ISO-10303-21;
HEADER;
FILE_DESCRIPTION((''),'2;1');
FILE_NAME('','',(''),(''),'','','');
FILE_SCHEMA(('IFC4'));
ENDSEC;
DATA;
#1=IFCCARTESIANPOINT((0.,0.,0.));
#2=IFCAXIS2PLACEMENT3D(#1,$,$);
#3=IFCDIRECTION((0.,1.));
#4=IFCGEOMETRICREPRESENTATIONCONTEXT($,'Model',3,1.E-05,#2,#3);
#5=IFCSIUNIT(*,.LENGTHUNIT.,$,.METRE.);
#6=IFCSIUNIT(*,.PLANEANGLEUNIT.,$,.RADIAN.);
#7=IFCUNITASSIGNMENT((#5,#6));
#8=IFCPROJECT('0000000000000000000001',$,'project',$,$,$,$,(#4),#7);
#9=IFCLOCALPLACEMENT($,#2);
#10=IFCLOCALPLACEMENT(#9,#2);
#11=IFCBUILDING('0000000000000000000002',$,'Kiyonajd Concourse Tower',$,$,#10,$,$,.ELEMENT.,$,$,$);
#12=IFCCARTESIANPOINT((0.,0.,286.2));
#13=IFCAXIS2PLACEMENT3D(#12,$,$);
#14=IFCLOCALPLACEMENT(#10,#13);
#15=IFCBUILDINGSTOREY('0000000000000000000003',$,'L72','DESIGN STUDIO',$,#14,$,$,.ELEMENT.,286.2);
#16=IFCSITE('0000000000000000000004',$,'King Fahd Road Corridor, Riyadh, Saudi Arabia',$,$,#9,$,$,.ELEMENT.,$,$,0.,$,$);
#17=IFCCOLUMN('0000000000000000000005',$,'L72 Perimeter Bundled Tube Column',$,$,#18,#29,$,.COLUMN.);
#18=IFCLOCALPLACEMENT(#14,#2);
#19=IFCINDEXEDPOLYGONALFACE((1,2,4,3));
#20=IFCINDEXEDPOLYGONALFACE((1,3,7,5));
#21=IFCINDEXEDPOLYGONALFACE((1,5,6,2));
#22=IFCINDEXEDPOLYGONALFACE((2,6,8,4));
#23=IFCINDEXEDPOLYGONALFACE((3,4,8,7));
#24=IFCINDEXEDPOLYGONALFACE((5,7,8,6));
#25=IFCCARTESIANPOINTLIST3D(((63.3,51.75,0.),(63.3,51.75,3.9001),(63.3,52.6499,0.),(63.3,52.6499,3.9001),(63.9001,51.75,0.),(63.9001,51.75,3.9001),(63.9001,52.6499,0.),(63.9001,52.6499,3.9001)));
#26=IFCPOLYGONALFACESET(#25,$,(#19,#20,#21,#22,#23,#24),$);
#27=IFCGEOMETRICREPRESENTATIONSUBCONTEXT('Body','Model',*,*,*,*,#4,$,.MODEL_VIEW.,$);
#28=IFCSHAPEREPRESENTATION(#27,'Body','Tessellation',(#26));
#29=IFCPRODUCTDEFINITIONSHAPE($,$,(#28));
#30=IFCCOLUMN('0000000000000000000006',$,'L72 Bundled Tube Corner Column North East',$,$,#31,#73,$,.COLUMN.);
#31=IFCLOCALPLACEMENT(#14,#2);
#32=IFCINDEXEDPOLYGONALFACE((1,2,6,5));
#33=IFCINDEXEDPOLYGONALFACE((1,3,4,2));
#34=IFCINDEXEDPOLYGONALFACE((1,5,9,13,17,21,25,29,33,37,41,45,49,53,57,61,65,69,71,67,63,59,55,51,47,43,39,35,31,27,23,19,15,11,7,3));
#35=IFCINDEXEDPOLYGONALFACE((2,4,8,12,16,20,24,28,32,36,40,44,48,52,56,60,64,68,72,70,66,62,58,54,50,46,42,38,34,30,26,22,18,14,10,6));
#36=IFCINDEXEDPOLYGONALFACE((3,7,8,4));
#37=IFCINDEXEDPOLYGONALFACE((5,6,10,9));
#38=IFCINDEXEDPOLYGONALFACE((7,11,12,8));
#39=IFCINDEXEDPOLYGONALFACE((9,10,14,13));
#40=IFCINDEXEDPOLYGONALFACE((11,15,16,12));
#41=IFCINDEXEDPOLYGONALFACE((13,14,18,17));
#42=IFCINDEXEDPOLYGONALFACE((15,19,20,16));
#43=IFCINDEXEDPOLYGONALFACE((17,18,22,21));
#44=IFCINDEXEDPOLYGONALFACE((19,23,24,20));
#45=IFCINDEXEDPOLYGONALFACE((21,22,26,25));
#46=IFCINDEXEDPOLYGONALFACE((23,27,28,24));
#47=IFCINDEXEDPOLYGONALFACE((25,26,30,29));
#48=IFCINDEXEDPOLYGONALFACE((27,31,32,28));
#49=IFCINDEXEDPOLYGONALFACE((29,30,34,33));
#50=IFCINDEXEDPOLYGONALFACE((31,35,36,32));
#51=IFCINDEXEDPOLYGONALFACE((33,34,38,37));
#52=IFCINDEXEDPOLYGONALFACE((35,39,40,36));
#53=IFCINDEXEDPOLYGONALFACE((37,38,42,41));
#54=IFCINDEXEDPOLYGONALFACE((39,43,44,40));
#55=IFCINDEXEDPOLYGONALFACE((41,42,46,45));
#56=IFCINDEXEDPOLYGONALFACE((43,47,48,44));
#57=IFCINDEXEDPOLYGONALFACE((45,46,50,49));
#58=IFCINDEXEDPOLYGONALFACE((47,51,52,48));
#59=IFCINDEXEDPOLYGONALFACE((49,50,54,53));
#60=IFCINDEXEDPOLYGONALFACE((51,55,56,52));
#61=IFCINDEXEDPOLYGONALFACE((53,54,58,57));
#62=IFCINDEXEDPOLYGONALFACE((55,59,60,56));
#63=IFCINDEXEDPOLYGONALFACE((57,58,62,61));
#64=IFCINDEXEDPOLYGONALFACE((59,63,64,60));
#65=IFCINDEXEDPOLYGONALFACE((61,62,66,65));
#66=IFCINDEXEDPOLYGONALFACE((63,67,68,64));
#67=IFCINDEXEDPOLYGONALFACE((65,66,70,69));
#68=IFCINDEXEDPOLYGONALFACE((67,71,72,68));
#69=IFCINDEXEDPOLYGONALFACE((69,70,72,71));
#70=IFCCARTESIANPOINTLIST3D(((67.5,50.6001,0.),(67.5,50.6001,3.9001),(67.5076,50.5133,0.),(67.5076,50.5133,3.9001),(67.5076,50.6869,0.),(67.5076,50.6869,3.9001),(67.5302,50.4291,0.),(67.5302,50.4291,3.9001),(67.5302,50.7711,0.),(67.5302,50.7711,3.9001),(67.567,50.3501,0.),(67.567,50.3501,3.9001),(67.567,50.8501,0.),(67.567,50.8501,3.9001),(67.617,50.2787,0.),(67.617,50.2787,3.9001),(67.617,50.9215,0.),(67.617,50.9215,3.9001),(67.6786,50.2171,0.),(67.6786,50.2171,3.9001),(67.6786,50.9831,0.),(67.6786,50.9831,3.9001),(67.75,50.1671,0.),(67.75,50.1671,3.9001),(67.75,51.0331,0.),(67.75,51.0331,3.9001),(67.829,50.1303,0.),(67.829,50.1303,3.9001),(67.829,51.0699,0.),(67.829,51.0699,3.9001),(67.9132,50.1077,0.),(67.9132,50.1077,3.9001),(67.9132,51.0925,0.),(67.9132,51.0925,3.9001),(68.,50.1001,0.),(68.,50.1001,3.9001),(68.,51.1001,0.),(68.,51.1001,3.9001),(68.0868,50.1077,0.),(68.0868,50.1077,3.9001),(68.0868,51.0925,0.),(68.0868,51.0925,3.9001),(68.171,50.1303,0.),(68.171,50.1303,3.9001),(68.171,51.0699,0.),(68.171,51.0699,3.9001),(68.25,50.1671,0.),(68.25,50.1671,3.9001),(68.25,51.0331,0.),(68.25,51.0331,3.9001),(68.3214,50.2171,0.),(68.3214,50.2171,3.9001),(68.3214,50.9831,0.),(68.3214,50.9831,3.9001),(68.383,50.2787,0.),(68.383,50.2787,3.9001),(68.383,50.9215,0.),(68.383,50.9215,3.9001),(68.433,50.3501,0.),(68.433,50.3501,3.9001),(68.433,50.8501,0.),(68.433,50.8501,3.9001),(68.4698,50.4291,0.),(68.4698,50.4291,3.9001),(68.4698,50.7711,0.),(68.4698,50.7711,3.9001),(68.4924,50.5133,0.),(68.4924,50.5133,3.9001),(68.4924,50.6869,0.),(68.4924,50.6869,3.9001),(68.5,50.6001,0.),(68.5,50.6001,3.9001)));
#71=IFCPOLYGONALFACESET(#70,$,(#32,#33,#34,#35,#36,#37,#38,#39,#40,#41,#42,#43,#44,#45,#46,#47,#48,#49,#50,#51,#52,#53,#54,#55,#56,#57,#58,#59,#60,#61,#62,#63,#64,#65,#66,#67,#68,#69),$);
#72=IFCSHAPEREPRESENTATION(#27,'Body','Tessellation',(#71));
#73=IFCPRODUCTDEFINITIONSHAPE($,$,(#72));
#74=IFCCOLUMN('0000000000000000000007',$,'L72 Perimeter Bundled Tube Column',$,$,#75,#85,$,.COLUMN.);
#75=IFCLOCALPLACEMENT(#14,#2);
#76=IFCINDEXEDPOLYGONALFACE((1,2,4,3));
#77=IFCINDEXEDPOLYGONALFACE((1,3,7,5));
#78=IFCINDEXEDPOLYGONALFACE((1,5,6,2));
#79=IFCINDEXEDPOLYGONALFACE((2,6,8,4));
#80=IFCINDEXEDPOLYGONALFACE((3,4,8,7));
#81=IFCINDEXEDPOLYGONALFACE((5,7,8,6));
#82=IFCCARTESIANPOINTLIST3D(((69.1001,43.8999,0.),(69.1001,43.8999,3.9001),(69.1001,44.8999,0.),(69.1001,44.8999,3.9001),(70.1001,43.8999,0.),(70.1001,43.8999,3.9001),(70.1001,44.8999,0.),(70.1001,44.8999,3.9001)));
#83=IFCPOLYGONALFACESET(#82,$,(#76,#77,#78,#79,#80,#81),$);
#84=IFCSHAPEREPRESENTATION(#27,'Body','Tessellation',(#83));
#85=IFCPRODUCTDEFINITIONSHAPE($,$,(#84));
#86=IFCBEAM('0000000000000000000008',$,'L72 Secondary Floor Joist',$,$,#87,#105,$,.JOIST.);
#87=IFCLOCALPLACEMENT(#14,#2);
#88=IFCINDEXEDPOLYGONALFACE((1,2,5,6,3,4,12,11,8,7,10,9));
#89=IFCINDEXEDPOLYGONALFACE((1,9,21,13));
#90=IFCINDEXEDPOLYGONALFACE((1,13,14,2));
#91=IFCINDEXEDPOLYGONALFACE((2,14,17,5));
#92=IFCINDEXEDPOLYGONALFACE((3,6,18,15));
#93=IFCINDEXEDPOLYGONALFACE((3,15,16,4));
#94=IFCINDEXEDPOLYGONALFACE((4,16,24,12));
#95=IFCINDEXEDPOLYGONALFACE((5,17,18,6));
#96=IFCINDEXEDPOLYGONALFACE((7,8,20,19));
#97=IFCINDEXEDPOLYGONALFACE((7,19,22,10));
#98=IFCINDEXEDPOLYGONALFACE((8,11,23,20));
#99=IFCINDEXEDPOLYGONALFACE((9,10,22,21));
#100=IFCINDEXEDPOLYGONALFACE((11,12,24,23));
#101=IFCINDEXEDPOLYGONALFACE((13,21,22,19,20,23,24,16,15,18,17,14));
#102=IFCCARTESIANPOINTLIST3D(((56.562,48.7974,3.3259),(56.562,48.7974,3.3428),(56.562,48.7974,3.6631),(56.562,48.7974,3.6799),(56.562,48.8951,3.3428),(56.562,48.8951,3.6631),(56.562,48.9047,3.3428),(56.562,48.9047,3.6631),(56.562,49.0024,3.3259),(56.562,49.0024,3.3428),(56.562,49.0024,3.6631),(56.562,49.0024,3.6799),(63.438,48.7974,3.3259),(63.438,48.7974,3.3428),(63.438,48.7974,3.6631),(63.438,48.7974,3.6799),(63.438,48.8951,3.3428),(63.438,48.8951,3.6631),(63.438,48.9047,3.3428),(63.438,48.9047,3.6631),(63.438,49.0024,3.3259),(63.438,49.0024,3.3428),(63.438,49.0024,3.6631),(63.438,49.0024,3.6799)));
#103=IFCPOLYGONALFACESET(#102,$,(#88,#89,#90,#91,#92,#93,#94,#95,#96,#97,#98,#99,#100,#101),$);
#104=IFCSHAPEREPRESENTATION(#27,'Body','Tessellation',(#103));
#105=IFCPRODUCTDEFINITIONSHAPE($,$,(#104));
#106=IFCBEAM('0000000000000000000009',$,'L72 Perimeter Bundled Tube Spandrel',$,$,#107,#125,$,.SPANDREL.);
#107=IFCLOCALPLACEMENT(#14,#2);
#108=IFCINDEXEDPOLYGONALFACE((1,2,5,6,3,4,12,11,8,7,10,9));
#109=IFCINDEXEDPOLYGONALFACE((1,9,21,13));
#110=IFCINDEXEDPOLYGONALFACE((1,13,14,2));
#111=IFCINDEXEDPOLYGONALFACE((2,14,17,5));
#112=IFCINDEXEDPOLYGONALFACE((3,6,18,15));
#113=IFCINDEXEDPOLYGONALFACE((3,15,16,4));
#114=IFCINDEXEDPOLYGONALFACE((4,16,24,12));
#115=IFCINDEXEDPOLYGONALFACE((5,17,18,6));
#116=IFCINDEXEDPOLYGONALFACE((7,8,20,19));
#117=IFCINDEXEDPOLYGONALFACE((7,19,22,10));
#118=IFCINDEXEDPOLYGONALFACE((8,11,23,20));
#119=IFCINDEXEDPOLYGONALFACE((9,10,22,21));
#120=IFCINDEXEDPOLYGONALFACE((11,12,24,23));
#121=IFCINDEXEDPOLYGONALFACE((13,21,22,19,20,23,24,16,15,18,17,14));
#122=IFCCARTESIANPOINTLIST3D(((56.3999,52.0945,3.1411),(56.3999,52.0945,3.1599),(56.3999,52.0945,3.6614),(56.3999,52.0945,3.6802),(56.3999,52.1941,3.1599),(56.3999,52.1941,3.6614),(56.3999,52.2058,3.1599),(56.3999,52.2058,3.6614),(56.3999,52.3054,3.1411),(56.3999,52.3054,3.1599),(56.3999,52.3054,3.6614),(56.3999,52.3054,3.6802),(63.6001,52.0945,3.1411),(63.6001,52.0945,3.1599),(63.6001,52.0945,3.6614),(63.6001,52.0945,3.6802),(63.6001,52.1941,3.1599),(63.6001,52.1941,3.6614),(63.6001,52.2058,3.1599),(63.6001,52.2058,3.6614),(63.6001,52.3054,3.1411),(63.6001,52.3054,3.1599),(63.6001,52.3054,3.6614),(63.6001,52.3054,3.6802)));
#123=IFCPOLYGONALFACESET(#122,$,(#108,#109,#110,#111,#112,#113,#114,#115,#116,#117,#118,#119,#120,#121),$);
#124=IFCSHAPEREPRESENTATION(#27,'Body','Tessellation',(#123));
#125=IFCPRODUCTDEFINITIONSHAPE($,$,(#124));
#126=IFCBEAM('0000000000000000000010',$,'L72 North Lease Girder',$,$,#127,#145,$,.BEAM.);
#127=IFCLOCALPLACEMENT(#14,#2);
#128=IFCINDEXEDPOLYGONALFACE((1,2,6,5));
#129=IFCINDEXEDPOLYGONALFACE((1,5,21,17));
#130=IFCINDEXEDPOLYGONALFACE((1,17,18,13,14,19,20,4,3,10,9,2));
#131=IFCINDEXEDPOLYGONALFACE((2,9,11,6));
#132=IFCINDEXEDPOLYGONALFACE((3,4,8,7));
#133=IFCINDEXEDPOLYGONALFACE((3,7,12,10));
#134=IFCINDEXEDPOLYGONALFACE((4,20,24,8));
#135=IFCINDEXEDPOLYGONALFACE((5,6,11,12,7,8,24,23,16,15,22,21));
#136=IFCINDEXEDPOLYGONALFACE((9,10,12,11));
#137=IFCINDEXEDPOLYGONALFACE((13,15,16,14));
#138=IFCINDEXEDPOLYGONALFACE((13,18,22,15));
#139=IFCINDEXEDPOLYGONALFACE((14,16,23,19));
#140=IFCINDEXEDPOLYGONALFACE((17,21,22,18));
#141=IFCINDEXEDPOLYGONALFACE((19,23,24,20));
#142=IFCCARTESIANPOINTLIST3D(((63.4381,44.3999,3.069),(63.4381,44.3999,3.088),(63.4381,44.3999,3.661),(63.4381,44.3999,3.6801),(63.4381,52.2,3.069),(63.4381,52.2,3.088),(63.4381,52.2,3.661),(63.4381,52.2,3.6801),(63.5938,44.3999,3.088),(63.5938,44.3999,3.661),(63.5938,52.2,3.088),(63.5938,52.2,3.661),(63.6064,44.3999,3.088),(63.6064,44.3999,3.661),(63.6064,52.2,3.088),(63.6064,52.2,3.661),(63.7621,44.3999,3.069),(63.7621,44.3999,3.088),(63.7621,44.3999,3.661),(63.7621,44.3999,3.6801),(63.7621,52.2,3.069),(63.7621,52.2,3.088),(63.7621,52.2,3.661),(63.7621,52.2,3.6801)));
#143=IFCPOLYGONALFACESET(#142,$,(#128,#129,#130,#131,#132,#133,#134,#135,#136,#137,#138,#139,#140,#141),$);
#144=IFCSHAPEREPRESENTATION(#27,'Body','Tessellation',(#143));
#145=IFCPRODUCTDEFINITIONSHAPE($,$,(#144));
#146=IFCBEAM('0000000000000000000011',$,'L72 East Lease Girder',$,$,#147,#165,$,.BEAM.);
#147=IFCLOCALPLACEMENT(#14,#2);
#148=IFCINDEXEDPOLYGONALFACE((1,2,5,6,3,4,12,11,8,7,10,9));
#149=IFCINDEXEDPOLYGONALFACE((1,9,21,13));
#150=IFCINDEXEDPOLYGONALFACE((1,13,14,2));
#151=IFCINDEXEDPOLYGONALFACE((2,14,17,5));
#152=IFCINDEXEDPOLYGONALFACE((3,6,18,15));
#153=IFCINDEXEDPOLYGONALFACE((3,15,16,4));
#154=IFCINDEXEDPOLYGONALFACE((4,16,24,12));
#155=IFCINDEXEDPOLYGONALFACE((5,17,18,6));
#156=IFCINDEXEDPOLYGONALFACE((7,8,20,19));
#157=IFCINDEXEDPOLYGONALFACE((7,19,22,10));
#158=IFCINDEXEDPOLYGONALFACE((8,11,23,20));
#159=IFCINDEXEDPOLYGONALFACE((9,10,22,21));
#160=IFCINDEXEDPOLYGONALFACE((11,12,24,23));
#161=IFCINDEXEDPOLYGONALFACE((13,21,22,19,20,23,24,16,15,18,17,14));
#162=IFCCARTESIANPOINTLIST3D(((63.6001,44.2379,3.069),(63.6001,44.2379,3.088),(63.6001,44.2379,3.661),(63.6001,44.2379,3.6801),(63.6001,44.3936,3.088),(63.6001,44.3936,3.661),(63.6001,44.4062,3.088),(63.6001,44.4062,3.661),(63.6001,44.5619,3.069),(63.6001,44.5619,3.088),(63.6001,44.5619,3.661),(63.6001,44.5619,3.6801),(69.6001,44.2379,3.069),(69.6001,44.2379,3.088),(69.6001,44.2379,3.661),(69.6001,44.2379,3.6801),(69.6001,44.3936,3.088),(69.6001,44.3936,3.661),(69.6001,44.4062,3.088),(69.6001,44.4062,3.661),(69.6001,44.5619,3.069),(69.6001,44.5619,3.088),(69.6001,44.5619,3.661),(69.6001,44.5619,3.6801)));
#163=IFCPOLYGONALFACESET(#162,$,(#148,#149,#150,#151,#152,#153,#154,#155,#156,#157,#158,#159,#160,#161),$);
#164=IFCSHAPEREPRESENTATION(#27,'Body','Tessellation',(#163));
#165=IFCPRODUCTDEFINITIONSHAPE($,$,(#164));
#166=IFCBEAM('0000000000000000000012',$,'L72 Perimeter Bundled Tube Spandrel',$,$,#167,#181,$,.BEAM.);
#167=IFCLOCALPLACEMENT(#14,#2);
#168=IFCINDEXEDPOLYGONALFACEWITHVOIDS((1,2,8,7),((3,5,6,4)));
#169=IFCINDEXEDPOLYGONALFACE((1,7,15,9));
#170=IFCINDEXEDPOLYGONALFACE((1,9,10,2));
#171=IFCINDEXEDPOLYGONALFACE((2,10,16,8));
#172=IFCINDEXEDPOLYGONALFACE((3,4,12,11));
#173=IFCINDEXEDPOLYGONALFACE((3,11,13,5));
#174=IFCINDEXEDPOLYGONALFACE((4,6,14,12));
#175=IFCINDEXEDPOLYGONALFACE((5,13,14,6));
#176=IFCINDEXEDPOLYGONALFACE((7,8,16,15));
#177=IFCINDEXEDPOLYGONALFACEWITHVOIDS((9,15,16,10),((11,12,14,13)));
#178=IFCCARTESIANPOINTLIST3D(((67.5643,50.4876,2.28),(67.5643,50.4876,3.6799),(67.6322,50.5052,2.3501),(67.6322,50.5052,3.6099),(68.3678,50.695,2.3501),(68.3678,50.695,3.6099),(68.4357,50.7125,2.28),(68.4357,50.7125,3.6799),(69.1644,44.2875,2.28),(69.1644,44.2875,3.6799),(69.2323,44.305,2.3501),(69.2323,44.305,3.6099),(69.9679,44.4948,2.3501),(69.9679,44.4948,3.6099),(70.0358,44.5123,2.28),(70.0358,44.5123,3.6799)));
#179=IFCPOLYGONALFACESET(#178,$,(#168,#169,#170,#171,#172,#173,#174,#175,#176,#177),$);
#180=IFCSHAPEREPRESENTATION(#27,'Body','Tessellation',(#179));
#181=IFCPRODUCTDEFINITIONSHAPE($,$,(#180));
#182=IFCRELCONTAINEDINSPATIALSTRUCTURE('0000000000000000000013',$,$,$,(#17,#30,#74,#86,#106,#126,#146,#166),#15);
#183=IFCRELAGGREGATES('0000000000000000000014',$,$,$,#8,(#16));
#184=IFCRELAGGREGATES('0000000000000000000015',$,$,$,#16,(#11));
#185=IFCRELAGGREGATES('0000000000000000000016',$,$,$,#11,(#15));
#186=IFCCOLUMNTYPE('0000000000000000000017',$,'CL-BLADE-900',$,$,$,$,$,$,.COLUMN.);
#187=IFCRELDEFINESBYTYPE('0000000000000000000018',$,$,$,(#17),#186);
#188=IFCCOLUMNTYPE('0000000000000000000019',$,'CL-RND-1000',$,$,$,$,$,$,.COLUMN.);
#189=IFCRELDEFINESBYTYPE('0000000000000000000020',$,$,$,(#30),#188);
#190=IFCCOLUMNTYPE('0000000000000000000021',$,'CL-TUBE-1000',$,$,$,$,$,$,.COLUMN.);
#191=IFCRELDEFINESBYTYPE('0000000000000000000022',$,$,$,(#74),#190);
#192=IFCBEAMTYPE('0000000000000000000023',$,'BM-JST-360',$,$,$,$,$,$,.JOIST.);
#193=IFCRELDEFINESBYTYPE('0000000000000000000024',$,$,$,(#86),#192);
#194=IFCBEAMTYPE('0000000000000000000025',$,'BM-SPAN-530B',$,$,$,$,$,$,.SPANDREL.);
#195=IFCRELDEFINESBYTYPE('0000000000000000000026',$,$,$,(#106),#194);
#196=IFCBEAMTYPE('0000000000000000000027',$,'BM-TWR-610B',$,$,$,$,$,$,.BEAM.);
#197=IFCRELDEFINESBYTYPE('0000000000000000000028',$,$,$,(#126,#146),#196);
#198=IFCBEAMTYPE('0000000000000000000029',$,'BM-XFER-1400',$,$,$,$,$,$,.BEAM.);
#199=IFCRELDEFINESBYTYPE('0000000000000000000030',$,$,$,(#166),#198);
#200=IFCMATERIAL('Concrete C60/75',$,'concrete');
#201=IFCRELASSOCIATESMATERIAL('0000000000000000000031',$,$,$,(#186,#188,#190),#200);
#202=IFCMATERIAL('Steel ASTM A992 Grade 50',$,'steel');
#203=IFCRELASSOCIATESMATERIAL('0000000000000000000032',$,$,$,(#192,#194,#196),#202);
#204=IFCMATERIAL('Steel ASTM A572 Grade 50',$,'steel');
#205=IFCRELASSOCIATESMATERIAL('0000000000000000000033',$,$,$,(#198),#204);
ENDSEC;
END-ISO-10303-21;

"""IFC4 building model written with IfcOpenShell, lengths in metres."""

from ifc_helpers import new_model, si_unit, direction, frame, origin, origin_2d, place, context, subcontext, project, spatial, rectangle, hollow_rectangle, circle, i_section, extrude, material, material_profile, profile_set, type_object, element, save


model = new_model("IFC4")

# Units and contexts
model_context = context("Model", 3, precision=1e-05, world=origin(), true_north=direction((0.0, 1.0)))
body_context = subcontext(model_context, "Body", "Model", "MODEL_VIEW")
ifc_project = project(units=[si_unit("LENGTHUNIT", "METRE"), si_unit("PLANEANGLEUNIT", "RADIAN")], contexts=[model_context])

# Site, building, storey
site_placement = place(None, origin())
site = spatial("IfcSite", under=ifc_project, at=site_placement, Name="King Fahd Road Corridor, Riyadh, Saudi Arabia", CompositionType="ELEMENT", RefElevation=0.0)
building_placement = place(site_placement, origin())
building = spatial("IfcBuilding", under=site, at=building_placement, Name="Kiyonajd Concourse Tower", CompositionType="ELEMENT")
storey_placement = place(building_placement, frame((0.0, 0.0, 286.2)))
storey = spatial("IfcBuildingStorey", under=building, at=storey_placement, Name="L72", Description="DESIGN STUDIO", CompositionType="ELEMENT", Elevation=286.2)

# Columns
ifc_material_1 = material(Name="Concrete C60/75", Category="concrete")
ifc_material_profile_1 = material_profile(ifc_material_1, rectangle(XDim=0.6001, YDim=0.8999, at=origin_2d()), Name="RC-900x600")
ifc_profile_set_1 = profile_set([ifc_material_profile_1], Name="Concrete C60/75")
column_type_1 = type_object("IfcColumnType", Name="CL-BLADE-900", PredefinedType="COLUMN", material=ifc_profile_set_1)
column_1_placement = place(storey_placement, frame((63.6001, 52.2, 0.0), z_axis=(0.0, 0.0, 1.0), x_axis=(1.0, 0.0, 0.0)))
element("IfcColumn", 1, at=column_1_placement, inside=storey, type_object=column_type_1, Name="L72 Perimeter Bundled Tube Column", PredefinedType="COLUMN", context=body_context, shape_type="SweptSolid", body=[
    extrude(rectangle(XDim=0.6001, YDim=0.8999, at=origin_2d()), origin(), (0.0, 0.0, 1.0), 3.9001),
])
ifc_material_profile_2 = material_profile(ifc_material_1, circle(Radius=0.5, at=origin_2d()), Name="RCC-D1000")
ifc_profile_set_2 = profile_set([ifc_material_profile_2], Name="Concrete C60/75")
column_type_2 = type_object("IfcColumnType", Name="CL-RND-1000", PredefinedType="COLUMN", material=ifc_profile_set_2)
column_2_placement = place(storey_placement, frame((68.0, 50.6001, 0.0), z_axis=(0.0, 0.0, 1.0), x_axis=(1.0, 0.0, 0.0)))
element("IfcColumn", 2, at=column_2_placement, inside=storey, type_object=column_type_2, Name="L72 Bundled Tube Corner Column North East", PredefinedType="COLUMN", context=body_context, shape_type="SweptSolid", body=[
    extrude(circle(Radius=0.5, at=origin_2d()), origin(), (0.0, 0.0, 1.0), 3.9001),
])
ifc_material_profile_3 = material_profile(ifc_material_1, rectangle(XDim=1.0, YDim=1.0, at=origin_2d()), Name="RC-1000x1000")
ifc_profile_set_3 = profile_set([ifc_material_profile_3], Name="Concrete C60/75")
column_type_3 = type_object("IfcColumnType", Name="CL-TUBE-1000", PredefinedType="COLUMN", material=ifc_profile_set_3)
column_3_placement = place(storey_placement, frame((69.6001, 44.3999, 0.0), z_axis=(0.0, 0.0, 1.0), x_axis=(1.0, 0.0, 0.0)))
element("IfcColumn", 3, at=column_3_placement, inside=storey, type_object=column_type_3, Name="L72 Perimeter Bundled Tube Column", PredefinedType="COLUMN", context=body_context, shape_type="SweptSolid", body=[
    extrude(rectangle(XDim=1.0, YDim=1.0, at=origin_2d()), origin(), (0.0, 0.0, 1.0), 3.9001),
])

# Beams
ifc_material_2 = material(Name="Steel ASTM A992 Grade 50", Category="steel")
ifc_material_profile_4 = material_profile(ifc_material_2, i_section(OverallWidth=0.2051, OverallDepth=0.354, WebThickness=0.0095, FlangeThickness=0.0168, at=origin_2d()), Name="W360X79")
ifc_profile_set_4 = profile_set([ifc_material_profile_4], Name="Steel ASTM A992 Grade 50")
beam_type_1 = type_object("IfcBeamType", Name="BM-JST-360", PredefinedType="JOIST", material=ifc_profile_set_4)
beam_1_placement = place(storey_placement, frame((56.562, 48.8999, 3.5029), z_axis=(1.0, 0.0, 0.0), x_axis=(0.0, 1.0, 0.0)))
element("IfcBeam", 4, at=beam_1_placement, inside=storey, type_object=beam_type_1, Name="L72 Secondary Floor Joist", PredefinedType="JOIST", context=body_context, shape_type="SweptSolid", body=[
    extrude(i_section(OverallWidth=0.2051, OverallDepth=0.354, WebThickness=0.0095, FlangeThickness=0.0168, at=origin_2d()), origin(), (0.0, 0.0, 1.0), 6.876),
])
ifc_material_profile_5 = material_profile(ifc_material_2, i_section(OverallWidth=0.2109, OverallDepth=0.5391, WebThickness=0.0117, FlangeThickness=0.0188, at=origin_2d()), Name="W530X109")
ifc_profile_set_5 = profile_set([ifc_material_profile_5], Name="Steel ASTM A992 Grade 50")
beam_type_2 = type_object("IfcBeamType", Name="BM-SPAN-530B", PredefinedType="SPANDREL", material=ifc_profile_set_5)
beam_2_placement = place(storey_placement, frame((63.6001, 52.2, 3.4106), z_axis=(-1.0, 0.0, 0.0), x_axis=(0.0, -1.0, 0.0)))
element("IfcBeam", 5, at=beam_2_placement, inside=storey, type_object=beam_type_2, Name="L72 Perimeter Bundled Tube Spandrel", PredefinedType="SPANDREL", context=body_context, shape_type="SweptSolid", body=[
    extrude(i_section(OverallWidth=0.2109, OverallDepth=0.5391, WebThickness=0.0117, FlangeThickness=0.0188, at=origin_2d()), origin(), (0.0, 0.0, 1.0), 7.2002),
])
ifc_material_profile_6 = material_profile(ifc_material_2, i_section(OverallWidth=0.324, OverallDepth=0.6111, WebThickness=0.0127, FlangeThickness=0.019, at=origin_2d()), Name="W610X155")
ifc_profile_set_6 = profile_set([ifc_material_profile_6], Name="Steel ASTM A992 Grade 50")
beam_type_3 = type_object("IfcBeamType", Name="BM-TWR-610B", PredefinedType="BEAM", material=ifc_profile_set_6)
beam_3_placement = place(storey_placement, frame((63.6001, 44.3999, 3.3745), z_axis=(0.0, 1.0, 0.0), x_axis=(-1.0, 0.0, 0.0)))
element("IfcBeam", 6, at=beam_3_placement, inside=storey, type_object=beam_type_3, Name="L72 North Lease Girder", PredefinedType="BEAM", context=body_context, shape_type="SweptSolid", body=[
    extrude(i_section(OverallWidth=0.324, OverallDepth=0.6111, WebThickness=0.0127, FlangeThickness=0.019, at=origin_2d()), origin(), (0.0, 0.0, 1.0), 7.8),
])
beam_4_placement = place(storey_placement, frame((63.6001, 44.3999, 3.3745), z_axis=(1.0, 0.0, 0.0), x_axis=(0.0, 1.0, 0.0)))
element("IfcBeam", 7, at=beam_4_placement, inside=storey, type_object=beam_type_3, Name="L72 East Lease Girder", PredefinedType="BEAM", context=body_context, shape_type="SweptSolid", body=[
    extrude(i_section(OverallWidth=0.324, OverallDepth=0.6111, WebThickness=0.0127, FlangeThickness=0.019, at=origin_2d()), origin(), (0.0, 0.0, 1.0), 6.0),
])
ifc_material_3 = material(Name="Steel ASTM A572 Grade 50", Category="steel")
ifc_material_profile_7 = material_profile(ifc_material_3, hollow_rectangle(XDim=0.8999, YDim=1.3999, WallThickness=0.0701, at=origin_2d()), Name="BOX-1400x900x70")
ifc_profile_set_7 = profile_set([ifc_material_profile_7], Name="Steel ASTM A572 Grade 50")
beam_type_4 = type_object("IfcBeamType", Name="BM-XFER-1400", PredefinedType="BEAM", material=ifc_profile_set_7)
beam_5_placement = place(storey_placement, frame((69.6001, 44.3999, 2.98), z_axis=(-0.249885, 0.968276, 0.0), x_axis=(-0.968276, -0.249885, 0.0)))
element("IfcBeam", 8, at=beam_5_placement, inside=storey, type_object=beam_type_4, Name="L72 Perimeter Bundled Tube Spandrel", PredefinedType="BEAM", context=body_context, shape_type="SweptSolid", body=[
    extrude(hollow_rectangle(XDim=0.8999, YDim=1.3999, WallThickness=0.0701, at=origin_2d()), origin(), (0.0, 0.0, 1.0), 6.4033),
])

save(model, "model.ifc")
